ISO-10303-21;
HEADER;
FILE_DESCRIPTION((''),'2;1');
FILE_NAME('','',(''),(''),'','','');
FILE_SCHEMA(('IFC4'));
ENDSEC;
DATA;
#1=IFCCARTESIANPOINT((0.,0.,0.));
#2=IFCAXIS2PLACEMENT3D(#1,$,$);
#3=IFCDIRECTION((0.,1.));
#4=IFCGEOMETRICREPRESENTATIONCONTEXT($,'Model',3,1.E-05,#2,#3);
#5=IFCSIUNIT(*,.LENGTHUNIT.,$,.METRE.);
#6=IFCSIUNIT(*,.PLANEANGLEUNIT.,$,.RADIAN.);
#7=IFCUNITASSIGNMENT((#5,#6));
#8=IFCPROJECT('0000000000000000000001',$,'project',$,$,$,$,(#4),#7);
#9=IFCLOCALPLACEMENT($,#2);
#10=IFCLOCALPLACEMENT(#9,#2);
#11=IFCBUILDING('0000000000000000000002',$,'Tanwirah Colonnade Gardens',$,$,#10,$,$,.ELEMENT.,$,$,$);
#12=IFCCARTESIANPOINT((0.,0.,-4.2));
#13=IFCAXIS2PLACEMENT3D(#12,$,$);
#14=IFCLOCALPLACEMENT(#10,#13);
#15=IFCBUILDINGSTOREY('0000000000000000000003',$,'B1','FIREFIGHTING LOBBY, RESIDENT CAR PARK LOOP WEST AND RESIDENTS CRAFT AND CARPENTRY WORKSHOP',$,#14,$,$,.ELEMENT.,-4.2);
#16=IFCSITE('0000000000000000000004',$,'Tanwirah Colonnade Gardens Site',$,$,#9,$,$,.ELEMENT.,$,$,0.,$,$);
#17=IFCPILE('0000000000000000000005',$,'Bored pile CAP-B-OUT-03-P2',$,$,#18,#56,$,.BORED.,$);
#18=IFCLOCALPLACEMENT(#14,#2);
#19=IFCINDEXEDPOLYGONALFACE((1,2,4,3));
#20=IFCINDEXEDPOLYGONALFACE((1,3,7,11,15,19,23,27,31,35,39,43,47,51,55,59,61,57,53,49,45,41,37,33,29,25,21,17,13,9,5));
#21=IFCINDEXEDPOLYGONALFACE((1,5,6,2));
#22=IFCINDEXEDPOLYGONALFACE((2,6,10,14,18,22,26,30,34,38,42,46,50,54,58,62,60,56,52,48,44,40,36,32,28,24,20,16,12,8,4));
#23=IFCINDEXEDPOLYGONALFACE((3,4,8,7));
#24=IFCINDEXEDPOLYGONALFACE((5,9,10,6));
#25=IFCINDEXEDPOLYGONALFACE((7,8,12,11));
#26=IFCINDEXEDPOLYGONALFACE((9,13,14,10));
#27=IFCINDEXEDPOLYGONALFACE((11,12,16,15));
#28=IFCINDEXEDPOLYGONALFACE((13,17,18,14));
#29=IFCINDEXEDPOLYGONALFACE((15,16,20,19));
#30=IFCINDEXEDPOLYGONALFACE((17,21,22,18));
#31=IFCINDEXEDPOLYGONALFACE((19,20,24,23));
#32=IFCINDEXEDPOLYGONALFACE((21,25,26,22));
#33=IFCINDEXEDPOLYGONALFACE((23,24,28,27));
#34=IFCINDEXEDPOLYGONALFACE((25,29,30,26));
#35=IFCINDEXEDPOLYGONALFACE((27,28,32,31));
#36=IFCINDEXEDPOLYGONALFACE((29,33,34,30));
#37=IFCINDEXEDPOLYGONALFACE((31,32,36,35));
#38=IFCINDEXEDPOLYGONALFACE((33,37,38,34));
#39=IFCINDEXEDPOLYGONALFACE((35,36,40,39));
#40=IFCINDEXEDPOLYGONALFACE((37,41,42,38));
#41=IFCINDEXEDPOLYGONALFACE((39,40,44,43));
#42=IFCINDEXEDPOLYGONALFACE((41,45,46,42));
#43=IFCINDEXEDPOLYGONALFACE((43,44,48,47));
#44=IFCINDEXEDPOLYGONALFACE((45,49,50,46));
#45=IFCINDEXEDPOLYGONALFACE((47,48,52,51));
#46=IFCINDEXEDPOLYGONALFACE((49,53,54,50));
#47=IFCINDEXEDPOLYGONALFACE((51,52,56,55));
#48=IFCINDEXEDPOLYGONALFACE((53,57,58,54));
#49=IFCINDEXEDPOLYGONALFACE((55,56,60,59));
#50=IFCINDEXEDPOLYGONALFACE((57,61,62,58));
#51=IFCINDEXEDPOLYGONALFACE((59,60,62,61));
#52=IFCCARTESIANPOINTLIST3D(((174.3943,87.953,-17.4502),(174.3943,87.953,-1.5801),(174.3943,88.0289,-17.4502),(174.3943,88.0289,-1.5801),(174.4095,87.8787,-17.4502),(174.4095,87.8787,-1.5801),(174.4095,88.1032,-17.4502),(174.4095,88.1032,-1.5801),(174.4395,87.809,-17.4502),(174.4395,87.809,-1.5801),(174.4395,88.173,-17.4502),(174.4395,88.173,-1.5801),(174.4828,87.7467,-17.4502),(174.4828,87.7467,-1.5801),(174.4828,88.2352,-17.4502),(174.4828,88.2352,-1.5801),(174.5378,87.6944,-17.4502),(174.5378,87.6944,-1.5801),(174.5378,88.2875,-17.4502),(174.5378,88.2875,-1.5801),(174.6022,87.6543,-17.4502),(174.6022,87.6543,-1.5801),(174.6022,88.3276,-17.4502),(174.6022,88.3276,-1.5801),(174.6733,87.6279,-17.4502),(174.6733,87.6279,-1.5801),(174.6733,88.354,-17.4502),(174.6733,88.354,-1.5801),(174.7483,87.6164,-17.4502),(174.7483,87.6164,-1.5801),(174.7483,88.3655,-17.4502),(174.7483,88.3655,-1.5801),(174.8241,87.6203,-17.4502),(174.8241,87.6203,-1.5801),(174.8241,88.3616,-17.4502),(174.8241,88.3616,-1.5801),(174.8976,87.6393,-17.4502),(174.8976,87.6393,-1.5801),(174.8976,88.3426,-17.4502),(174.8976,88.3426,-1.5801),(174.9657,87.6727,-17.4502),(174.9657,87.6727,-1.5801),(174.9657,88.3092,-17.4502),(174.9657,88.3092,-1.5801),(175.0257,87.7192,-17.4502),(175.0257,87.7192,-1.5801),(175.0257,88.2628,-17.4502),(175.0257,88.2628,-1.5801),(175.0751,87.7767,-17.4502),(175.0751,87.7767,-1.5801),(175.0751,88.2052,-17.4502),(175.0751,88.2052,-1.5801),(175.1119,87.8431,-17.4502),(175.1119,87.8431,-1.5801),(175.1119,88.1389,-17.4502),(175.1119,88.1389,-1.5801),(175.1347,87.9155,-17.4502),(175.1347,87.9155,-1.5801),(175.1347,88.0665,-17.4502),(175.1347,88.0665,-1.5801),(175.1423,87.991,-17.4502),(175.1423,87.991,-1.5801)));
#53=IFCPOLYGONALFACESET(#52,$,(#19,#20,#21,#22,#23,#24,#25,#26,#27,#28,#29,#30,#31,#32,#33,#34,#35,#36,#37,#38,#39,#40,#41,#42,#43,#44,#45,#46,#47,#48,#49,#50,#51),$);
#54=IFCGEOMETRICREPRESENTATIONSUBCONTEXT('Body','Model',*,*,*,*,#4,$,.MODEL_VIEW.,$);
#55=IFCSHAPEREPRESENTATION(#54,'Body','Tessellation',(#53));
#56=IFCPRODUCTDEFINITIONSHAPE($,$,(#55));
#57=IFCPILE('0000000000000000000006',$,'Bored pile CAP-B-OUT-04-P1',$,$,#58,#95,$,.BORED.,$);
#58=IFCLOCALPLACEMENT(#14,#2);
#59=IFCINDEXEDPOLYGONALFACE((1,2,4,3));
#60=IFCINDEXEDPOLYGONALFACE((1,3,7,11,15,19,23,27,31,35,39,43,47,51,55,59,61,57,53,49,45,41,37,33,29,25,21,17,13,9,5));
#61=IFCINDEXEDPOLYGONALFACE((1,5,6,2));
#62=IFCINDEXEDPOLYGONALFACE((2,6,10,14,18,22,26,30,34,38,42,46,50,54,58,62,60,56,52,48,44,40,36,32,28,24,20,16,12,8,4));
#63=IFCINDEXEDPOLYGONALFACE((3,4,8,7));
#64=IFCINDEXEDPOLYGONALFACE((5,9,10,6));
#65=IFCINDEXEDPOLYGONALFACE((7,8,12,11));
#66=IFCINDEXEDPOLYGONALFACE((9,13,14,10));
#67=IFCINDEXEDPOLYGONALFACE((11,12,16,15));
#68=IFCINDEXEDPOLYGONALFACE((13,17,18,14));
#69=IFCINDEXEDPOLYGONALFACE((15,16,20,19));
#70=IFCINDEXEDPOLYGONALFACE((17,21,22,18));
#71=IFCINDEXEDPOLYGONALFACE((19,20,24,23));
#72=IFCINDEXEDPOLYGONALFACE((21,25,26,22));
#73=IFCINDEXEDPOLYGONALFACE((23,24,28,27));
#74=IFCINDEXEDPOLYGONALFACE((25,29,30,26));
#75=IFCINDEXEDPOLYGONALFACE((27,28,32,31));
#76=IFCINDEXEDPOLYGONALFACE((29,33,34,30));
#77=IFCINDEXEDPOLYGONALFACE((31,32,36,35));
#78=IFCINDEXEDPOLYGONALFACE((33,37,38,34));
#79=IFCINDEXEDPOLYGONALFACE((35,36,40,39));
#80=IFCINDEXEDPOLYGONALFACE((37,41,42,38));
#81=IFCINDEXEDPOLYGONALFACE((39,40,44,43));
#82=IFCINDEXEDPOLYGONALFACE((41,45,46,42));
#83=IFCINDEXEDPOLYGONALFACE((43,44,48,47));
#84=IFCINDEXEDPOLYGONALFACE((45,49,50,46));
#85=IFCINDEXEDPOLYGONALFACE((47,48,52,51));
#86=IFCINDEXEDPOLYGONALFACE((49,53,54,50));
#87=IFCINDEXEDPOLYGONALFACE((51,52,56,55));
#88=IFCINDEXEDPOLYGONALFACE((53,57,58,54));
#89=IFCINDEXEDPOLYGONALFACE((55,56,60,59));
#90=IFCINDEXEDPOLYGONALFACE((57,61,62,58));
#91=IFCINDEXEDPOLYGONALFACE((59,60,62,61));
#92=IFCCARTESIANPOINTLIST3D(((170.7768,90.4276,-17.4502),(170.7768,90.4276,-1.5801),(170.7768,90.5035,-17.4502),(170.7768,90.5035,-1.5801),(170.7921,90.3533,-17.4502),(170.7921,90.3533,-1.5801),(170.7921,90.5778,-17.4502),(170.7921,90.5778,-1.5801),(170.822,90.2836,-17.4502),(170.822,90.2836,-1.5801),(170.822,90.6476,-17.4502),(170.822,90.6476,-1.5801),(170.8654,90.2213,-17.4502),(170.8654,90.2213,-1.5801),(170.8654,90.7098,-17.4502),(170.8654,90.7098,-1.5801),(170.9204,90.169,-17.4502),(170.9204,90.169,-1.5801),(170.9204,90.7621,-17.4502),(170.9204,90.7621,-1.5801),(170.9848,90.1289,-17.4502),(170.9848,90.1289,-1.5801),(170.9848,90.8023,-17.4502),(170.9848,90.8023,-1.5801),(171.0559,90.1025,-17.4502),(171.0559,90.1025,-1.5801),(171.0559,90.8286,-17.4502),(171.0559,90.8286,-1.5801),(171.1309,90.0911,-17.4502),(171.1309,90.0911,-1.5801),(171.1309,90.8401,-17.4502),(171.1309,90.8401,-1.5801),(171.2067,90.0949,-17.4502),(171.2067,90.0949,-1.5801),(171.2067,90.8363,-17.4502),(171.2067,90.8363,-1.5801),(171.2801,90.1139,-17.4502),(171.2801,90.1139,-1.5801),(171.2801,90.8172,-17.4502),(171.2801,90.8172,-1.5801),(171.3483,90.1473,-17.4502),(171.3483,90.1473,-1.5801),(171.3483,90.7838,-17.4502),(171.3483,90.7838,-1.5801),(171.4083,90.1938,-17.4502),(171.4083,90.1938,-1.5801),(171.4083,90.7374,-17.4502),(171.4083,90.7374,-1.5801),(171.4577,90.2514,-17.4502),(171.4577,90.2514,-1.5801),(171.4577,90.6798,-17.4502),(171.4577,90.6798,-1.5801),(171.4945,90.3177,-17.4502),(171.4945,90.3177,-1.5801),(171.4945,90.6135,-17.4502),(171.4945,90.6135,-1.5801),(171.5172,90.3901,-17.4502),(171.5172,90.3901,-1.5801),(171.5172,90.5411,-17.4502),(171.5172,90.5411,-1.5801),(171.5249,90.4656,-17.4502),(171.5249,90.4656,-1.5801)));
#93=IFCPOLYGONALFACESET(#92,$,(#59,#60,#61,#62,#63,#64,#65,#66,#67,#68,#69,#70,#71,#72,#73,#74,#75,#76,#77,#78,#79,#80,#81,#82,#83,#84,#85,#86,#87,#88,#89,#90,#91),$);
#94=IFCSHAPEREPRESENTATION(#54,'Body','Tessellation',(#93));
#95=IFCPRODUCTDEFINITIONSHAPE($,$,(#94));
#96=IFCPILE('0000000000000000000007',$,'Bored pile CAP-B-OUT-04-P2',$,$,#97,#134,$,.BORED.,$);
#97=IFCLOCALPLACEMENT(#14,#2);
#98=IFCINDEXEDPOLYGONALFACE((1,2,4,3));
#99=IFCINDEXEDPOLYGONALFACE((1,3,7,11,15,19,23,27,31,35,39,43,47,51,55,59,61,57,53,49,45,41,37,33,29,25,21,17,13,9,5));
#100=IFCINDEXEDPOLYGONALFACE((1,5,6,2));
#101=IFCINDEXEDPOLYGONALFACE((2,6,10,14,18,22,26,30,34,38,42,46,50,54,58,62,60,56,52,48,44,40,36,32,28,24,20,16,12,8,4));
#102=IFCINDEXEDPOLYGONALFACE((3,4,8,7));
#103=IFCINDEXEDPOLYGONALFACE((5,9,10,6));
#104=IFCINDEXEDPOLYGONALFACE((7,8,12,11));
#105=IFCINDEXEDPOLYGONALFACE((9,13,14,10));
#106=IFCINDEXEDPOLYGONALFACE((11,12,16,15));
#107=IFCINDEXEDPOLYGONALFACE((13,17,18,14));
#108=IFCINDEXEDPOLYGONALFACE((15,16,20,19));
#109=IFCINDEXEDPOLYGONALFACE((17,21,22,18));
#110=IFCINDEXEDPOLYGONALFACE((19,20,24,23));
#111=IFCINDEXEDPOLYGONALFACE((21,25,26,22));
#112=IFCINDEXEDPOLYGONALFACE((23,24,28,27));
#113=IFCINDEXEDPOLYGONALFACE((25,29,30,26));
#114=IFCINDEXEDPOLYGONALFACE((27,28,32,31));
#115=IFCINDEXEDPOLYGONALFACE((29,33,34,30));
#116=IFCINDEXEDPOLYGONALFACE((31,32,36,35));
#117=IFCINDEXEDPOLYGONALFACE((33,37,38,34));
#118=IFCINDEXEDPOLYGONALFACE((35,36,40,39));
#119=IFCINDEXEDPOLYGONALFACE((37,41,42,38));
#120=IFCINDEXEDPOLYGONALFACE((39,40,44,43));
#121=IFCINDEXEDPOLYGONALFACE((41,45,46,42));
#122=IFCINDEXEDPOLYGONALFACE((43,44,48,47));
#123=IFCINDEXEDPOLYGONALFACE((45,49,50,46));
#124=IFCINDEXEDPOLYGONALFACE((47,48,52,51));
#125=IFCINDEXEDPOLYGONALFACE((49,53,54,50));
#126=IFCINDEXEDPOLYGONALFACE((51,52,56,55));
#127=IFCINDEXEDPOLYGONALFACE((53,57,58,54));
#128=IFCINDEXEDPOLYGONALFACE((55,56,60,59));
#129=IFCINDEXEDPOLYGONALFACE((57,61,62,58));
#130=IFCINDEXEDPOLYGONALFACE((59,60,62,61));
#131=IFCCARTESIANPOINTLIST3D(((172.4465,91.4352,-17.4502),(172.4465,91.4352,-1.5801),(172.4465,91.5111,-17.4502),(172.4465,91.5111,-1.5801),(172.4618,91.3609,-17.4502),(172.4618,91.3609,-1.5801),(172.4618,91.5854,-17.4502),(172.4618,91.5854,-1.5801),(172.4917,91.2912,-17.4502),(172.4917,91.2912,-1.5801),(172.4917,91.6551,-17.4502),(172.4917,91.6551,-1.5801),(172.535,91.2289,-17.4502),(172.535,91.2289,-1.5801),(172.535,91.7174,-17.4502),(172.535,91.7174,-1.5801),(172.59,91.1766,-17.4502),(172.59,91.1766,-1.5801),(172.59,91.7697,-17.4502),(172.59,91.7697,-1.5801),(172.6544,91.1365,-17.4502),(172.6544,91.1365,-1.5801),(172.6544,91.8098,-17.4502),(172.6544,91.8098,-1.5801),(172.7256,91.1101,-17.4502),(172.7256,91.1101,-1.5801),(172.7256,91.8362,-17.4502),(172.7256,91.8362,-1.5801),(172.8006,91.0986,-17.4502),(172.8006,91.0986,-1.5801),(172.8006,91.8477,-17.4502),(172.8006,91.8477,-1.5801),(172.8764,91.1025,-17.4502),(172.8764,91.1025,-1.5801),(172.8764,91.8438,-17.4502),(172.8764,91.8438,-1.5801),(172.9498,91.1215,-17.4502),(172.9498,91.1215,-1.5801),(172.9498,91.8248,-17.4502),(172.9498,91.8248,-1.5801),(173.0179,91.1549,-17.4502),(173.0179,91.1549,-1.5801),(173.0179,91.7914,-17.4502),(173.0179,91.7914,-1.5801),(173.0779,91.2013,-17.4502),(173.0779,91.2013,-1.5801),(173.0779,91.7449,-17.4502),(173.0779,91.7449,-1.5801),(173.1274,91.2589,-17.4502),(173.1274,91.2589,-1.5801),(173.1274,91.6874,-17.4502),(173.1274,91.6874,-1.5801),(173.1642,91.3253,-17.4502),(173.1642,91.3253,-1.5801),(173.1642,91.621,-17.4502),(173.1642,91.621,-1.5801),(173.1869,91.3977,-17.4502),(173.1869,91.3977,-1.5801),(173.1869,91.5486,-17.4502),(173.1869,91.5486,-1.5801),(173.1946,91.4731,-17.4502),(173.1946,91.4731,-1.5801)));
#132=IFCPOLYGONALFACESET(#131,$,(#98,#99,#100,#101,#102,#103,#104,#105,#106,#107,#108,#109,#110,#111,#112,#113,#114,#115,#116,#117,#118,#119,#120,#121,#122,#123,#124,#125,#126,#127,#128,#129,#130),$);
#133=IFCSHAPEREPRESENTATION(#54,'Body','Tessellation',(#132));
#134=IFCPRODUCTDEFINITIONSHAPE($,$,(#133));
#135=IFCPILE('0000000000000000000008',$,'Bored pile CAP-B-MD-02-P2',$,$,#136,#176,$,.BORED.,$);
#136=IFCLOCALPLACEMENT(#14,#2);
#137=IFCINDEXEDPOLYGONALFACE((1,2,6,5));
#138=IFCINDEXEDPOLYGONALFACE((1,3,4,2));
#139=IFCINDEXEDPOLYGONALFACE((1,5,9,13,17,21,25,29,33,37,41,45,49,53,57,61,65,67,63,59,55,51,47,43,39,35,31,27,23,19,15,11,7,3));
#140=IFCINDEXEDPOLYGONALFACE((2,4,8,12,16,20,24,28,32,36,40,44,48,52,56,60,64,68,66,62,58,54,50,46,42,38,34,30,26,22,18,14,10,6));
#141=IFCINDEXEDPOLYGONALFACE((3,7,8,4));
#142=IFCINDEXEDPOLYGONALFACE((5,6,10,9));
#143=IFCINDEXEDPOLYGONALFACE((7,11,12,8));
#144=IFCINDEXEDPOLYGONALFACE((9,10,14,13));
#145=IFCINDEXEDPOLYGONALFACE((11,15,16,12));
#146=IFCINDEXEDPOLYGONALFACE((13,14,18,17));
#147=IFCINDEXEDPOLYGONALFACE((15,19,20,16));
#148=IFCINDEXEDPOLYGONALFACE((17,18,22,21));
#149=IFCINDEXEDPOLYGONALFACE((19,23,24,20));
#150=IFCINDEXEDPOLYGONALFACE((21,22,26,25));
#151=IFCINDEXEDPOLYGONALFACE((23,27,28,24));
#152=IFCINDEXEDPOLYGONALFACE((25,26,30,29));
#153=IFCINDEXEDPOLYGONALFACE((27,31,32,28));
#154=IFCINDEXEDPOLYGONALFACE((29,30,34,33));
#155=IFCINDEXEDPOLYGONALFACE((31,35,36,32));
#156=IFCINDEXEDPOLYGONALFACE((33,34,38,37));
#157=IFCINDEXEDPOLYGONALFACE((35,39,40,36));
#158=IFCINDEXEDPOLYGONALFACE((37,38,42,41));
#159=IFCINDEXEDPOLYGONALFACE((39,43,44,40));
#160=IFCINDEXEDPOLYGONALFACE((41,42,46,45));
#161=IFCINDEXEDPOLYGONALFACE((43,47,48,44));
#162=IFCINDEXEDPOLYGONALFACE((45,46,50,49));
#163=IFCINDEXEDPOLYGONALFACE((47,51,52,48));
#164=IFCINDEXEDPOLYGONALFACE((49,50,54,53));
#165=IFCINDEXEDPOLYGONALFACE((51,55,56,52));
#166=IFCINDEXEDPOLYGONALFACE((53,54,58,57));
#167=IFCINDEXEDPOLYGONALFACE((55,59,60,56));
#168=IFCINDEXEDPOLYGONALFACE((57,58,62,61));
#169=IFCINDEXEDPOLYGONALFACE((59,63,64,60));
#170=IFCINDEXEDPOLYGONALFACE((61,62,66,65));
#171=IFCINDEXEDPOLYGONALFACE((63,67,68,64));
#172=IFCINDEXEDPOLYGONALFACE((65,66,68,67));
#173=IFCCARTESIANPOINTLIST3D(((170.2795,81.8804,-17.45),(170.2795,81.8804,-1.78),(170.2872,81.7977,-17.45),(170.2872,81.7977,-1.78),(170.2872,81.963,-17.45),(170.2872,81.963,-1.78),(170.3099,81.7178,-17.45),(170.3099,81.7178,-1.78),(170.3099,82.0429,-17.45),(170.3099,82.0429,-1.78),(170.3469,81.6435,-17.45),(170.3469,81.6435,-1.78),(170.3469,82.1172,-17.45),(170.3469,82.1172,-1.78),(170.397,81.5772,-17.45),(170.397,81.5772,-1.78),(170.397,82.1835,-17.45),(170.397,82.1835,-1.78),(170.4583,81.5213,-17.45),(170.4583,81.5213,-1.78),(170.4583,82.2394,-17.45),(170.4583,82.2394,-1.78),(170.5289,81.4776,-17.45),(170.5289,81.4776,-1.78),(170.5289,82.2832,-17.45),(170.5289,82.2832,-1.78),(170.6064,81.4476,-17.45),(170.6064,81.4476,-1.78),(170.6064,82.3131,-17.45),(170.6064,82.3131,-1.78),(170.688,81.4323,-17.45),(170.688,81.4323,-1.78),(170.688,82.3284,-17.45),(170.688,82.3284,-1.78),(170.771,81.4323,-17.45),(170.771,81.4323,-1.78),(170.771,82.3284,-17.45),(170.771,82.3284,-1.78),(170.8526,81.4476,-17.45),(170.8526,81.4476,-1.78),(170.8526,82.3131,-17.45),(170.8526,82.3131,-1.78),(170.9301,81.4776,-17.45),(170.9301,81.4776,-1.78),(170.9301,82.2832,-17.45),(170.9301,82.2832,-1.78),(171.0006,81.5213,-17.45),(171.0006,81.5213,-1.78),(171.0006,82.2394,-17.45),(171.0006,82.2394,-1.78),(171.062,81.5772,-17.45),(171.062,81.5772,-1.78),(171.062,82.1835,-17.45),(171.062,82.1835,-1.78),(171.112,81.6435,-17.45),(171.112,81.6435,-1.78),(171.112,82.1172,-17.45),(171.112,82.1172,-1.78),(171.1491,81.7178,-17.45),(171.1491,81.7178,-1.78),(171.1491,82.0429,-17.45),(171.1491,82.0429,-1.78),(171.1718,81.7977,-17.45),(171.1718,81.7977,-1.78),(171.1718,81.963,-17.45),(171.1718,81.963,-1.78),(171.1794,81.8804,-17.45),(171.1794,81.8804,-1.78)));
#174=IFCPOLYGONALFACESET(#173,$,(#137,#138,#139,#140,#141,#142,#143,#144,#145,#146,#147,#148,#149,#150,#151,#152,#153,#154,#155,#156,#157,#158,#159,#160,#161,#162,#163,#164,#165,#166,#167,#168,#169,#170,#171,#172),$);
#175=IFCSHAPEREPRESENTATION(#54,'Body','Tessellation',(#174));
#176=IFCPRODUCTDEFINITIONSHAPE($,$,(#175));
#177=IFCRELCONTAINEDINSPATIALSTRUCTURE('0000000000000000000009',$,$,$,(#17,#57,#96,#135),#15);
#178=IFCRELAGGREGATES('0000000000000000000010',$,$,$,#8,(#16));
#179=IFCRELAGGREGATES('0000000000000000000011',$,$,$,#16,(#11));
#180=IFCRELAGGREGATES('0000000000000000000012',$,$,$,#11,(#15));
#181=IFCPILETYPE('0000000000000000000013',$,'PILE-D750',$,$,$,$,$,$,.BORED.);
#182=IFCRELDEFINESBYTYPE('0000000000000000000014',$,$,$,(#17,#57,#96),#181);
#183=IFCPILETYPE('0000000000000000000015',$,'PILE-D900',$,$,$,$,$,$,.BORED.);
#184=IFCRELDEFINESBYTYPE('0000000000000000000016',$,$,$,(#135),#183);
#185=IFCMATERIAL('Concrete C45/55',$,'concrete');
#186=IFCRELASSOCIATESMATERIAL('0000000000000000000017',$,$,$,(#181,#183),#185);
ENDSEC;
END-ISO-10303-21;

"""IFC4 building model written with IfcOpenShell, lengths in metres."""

from ifc_helpers import new_model, si_unit, direction, frame, origin, origin_2d, place, context, subcontext, project, spatial, circle, extrude, material, material_profile, profile_set, type_object, element, save


model = new_model("IFC4")

# Units and contexts
model_context = context("Model", 3, precision=1e-05, world=origin(), true_north=direction((0.0, 1.0)))
body_context = subcontext(model_context, "Body", "Model", "MODEL_VIEW")
ifc_project = project(units=[si_unit("LENGTHUNIT", "METRE"), si_unit("PLANEANGLEUNIT", "RADIAN")], contexts=[model_context])

# Site, building, storey
site_placement = place(None, origin())
site = spatial("IfcSite", under=ifc_project, at=site_placement, Name="Tanwirah Colonnade Gardens Site", CompositionType="ELEMENT", RefElevation=0.0)
building_placement = place(site_placement, origin())
building = spatial("IfcBuilding", under=site, at=building_placement, Name="Tanwirah Colonnade Gardens", CompositionType="ELEMENT")
storey_placement = place(building_placement, frame((0.0, 0.0, -4.2)))
storey = spatial("IfcBuildingStorey", under=building, at=storey_placement, Name="B1", Description="FIREFIGHTING LOBBY, RESIDENT CAR PARK LOOP WEST AND RESIDENTS CRAFT AND CARPENTRY WORKSHOP", CompositionType="ELEMENT", Elevation=-4.2)

# Shared definitions
ifc_material_1 = material(Name="Concrete C45/55", Category="concrete")

# Piles
ifc_material_profile_1 = material_profile(ifc_material_1, circle(Radius=0.375, at=origin_2d()), Name="PILE D750")
ifc_profile_set_1 = profile_set([ifc_material_profile_1], Name="Concrete C45/55")
pile_type_1 = type_object("IfcPileType", Name="PILE-D750", PredefinedType="BORED", material=ifc_profile_set_1)
for number, where, z_axis, x_axis, name in (
    (1, (174.7673, 87.991, -1.5801), (0.0, 0.0, -1.0), (1.0, 0.0, 0.0), "Bored pile CAP-B-OUT-03-P2"),
    (2, (171.1499, 90.4656, -1.5801), (0.0, 0.0, -1.0), (1.0, 0.0, 0.0), "Bored pile CAP-B-OUT-04-P1"),
    (3, (172.8196, 91.4731, -1.5801), (0.0, 0.0, -1.0), (1.0, 0.0, 0.0), "Bored pile CAP-B-OUT-04-P2"),
):
    element("IfcPile", number, at=place(storey_placement, frame(where, z_axis=z_axis, x_axis=x_axis)), inside=storey, type_object=pile_type_1, Name=name, PredefinedType="BORED", context=body_context, shape_type="SweptSolid", body=[
        extrude(circle(Radius=0.375, at=origin_2d()), origin(), (0.0, 0.0, 1.0), 15.8701),
    ])
ifc_material_profile_2 = material_profile(ifc_material_1, circle(Radius=0.45, at=origin_2d()), Name="PILE D900")
ifc_profile_set_2 = profile_set([ifc_material_profile_2], Name="Concrete C45/55")
pile_type_2 = type_object("IfcPileType", Name="PILE-D900", PredefinedType="BORED", material=ifc_profile_set_2)
for number, where, z_axis, x_axis, name in (
    (4, (170.7295, 81.8804, -1.78), (0.0, 0.0, -1.0), (1.0, 0.0, 0.0), "Bored pile CAP-B-MD-02-P2"),
):
    element("IfcPile", number, at=place(storey_placement, frame(where, z_axis=z_axis, x_axis=x_axis)), inside=storey, type_object=pile_type_2, Name=name, PredefinedType="BORED", context=body_context, shape_type="SweptSolid", body=[
        extrude(circle(Radius=0.45, at=origin_2d()), origin(), (0.0, 0.0, 1.0), 15.6699),
    ])

save(model, "model.ifc")
